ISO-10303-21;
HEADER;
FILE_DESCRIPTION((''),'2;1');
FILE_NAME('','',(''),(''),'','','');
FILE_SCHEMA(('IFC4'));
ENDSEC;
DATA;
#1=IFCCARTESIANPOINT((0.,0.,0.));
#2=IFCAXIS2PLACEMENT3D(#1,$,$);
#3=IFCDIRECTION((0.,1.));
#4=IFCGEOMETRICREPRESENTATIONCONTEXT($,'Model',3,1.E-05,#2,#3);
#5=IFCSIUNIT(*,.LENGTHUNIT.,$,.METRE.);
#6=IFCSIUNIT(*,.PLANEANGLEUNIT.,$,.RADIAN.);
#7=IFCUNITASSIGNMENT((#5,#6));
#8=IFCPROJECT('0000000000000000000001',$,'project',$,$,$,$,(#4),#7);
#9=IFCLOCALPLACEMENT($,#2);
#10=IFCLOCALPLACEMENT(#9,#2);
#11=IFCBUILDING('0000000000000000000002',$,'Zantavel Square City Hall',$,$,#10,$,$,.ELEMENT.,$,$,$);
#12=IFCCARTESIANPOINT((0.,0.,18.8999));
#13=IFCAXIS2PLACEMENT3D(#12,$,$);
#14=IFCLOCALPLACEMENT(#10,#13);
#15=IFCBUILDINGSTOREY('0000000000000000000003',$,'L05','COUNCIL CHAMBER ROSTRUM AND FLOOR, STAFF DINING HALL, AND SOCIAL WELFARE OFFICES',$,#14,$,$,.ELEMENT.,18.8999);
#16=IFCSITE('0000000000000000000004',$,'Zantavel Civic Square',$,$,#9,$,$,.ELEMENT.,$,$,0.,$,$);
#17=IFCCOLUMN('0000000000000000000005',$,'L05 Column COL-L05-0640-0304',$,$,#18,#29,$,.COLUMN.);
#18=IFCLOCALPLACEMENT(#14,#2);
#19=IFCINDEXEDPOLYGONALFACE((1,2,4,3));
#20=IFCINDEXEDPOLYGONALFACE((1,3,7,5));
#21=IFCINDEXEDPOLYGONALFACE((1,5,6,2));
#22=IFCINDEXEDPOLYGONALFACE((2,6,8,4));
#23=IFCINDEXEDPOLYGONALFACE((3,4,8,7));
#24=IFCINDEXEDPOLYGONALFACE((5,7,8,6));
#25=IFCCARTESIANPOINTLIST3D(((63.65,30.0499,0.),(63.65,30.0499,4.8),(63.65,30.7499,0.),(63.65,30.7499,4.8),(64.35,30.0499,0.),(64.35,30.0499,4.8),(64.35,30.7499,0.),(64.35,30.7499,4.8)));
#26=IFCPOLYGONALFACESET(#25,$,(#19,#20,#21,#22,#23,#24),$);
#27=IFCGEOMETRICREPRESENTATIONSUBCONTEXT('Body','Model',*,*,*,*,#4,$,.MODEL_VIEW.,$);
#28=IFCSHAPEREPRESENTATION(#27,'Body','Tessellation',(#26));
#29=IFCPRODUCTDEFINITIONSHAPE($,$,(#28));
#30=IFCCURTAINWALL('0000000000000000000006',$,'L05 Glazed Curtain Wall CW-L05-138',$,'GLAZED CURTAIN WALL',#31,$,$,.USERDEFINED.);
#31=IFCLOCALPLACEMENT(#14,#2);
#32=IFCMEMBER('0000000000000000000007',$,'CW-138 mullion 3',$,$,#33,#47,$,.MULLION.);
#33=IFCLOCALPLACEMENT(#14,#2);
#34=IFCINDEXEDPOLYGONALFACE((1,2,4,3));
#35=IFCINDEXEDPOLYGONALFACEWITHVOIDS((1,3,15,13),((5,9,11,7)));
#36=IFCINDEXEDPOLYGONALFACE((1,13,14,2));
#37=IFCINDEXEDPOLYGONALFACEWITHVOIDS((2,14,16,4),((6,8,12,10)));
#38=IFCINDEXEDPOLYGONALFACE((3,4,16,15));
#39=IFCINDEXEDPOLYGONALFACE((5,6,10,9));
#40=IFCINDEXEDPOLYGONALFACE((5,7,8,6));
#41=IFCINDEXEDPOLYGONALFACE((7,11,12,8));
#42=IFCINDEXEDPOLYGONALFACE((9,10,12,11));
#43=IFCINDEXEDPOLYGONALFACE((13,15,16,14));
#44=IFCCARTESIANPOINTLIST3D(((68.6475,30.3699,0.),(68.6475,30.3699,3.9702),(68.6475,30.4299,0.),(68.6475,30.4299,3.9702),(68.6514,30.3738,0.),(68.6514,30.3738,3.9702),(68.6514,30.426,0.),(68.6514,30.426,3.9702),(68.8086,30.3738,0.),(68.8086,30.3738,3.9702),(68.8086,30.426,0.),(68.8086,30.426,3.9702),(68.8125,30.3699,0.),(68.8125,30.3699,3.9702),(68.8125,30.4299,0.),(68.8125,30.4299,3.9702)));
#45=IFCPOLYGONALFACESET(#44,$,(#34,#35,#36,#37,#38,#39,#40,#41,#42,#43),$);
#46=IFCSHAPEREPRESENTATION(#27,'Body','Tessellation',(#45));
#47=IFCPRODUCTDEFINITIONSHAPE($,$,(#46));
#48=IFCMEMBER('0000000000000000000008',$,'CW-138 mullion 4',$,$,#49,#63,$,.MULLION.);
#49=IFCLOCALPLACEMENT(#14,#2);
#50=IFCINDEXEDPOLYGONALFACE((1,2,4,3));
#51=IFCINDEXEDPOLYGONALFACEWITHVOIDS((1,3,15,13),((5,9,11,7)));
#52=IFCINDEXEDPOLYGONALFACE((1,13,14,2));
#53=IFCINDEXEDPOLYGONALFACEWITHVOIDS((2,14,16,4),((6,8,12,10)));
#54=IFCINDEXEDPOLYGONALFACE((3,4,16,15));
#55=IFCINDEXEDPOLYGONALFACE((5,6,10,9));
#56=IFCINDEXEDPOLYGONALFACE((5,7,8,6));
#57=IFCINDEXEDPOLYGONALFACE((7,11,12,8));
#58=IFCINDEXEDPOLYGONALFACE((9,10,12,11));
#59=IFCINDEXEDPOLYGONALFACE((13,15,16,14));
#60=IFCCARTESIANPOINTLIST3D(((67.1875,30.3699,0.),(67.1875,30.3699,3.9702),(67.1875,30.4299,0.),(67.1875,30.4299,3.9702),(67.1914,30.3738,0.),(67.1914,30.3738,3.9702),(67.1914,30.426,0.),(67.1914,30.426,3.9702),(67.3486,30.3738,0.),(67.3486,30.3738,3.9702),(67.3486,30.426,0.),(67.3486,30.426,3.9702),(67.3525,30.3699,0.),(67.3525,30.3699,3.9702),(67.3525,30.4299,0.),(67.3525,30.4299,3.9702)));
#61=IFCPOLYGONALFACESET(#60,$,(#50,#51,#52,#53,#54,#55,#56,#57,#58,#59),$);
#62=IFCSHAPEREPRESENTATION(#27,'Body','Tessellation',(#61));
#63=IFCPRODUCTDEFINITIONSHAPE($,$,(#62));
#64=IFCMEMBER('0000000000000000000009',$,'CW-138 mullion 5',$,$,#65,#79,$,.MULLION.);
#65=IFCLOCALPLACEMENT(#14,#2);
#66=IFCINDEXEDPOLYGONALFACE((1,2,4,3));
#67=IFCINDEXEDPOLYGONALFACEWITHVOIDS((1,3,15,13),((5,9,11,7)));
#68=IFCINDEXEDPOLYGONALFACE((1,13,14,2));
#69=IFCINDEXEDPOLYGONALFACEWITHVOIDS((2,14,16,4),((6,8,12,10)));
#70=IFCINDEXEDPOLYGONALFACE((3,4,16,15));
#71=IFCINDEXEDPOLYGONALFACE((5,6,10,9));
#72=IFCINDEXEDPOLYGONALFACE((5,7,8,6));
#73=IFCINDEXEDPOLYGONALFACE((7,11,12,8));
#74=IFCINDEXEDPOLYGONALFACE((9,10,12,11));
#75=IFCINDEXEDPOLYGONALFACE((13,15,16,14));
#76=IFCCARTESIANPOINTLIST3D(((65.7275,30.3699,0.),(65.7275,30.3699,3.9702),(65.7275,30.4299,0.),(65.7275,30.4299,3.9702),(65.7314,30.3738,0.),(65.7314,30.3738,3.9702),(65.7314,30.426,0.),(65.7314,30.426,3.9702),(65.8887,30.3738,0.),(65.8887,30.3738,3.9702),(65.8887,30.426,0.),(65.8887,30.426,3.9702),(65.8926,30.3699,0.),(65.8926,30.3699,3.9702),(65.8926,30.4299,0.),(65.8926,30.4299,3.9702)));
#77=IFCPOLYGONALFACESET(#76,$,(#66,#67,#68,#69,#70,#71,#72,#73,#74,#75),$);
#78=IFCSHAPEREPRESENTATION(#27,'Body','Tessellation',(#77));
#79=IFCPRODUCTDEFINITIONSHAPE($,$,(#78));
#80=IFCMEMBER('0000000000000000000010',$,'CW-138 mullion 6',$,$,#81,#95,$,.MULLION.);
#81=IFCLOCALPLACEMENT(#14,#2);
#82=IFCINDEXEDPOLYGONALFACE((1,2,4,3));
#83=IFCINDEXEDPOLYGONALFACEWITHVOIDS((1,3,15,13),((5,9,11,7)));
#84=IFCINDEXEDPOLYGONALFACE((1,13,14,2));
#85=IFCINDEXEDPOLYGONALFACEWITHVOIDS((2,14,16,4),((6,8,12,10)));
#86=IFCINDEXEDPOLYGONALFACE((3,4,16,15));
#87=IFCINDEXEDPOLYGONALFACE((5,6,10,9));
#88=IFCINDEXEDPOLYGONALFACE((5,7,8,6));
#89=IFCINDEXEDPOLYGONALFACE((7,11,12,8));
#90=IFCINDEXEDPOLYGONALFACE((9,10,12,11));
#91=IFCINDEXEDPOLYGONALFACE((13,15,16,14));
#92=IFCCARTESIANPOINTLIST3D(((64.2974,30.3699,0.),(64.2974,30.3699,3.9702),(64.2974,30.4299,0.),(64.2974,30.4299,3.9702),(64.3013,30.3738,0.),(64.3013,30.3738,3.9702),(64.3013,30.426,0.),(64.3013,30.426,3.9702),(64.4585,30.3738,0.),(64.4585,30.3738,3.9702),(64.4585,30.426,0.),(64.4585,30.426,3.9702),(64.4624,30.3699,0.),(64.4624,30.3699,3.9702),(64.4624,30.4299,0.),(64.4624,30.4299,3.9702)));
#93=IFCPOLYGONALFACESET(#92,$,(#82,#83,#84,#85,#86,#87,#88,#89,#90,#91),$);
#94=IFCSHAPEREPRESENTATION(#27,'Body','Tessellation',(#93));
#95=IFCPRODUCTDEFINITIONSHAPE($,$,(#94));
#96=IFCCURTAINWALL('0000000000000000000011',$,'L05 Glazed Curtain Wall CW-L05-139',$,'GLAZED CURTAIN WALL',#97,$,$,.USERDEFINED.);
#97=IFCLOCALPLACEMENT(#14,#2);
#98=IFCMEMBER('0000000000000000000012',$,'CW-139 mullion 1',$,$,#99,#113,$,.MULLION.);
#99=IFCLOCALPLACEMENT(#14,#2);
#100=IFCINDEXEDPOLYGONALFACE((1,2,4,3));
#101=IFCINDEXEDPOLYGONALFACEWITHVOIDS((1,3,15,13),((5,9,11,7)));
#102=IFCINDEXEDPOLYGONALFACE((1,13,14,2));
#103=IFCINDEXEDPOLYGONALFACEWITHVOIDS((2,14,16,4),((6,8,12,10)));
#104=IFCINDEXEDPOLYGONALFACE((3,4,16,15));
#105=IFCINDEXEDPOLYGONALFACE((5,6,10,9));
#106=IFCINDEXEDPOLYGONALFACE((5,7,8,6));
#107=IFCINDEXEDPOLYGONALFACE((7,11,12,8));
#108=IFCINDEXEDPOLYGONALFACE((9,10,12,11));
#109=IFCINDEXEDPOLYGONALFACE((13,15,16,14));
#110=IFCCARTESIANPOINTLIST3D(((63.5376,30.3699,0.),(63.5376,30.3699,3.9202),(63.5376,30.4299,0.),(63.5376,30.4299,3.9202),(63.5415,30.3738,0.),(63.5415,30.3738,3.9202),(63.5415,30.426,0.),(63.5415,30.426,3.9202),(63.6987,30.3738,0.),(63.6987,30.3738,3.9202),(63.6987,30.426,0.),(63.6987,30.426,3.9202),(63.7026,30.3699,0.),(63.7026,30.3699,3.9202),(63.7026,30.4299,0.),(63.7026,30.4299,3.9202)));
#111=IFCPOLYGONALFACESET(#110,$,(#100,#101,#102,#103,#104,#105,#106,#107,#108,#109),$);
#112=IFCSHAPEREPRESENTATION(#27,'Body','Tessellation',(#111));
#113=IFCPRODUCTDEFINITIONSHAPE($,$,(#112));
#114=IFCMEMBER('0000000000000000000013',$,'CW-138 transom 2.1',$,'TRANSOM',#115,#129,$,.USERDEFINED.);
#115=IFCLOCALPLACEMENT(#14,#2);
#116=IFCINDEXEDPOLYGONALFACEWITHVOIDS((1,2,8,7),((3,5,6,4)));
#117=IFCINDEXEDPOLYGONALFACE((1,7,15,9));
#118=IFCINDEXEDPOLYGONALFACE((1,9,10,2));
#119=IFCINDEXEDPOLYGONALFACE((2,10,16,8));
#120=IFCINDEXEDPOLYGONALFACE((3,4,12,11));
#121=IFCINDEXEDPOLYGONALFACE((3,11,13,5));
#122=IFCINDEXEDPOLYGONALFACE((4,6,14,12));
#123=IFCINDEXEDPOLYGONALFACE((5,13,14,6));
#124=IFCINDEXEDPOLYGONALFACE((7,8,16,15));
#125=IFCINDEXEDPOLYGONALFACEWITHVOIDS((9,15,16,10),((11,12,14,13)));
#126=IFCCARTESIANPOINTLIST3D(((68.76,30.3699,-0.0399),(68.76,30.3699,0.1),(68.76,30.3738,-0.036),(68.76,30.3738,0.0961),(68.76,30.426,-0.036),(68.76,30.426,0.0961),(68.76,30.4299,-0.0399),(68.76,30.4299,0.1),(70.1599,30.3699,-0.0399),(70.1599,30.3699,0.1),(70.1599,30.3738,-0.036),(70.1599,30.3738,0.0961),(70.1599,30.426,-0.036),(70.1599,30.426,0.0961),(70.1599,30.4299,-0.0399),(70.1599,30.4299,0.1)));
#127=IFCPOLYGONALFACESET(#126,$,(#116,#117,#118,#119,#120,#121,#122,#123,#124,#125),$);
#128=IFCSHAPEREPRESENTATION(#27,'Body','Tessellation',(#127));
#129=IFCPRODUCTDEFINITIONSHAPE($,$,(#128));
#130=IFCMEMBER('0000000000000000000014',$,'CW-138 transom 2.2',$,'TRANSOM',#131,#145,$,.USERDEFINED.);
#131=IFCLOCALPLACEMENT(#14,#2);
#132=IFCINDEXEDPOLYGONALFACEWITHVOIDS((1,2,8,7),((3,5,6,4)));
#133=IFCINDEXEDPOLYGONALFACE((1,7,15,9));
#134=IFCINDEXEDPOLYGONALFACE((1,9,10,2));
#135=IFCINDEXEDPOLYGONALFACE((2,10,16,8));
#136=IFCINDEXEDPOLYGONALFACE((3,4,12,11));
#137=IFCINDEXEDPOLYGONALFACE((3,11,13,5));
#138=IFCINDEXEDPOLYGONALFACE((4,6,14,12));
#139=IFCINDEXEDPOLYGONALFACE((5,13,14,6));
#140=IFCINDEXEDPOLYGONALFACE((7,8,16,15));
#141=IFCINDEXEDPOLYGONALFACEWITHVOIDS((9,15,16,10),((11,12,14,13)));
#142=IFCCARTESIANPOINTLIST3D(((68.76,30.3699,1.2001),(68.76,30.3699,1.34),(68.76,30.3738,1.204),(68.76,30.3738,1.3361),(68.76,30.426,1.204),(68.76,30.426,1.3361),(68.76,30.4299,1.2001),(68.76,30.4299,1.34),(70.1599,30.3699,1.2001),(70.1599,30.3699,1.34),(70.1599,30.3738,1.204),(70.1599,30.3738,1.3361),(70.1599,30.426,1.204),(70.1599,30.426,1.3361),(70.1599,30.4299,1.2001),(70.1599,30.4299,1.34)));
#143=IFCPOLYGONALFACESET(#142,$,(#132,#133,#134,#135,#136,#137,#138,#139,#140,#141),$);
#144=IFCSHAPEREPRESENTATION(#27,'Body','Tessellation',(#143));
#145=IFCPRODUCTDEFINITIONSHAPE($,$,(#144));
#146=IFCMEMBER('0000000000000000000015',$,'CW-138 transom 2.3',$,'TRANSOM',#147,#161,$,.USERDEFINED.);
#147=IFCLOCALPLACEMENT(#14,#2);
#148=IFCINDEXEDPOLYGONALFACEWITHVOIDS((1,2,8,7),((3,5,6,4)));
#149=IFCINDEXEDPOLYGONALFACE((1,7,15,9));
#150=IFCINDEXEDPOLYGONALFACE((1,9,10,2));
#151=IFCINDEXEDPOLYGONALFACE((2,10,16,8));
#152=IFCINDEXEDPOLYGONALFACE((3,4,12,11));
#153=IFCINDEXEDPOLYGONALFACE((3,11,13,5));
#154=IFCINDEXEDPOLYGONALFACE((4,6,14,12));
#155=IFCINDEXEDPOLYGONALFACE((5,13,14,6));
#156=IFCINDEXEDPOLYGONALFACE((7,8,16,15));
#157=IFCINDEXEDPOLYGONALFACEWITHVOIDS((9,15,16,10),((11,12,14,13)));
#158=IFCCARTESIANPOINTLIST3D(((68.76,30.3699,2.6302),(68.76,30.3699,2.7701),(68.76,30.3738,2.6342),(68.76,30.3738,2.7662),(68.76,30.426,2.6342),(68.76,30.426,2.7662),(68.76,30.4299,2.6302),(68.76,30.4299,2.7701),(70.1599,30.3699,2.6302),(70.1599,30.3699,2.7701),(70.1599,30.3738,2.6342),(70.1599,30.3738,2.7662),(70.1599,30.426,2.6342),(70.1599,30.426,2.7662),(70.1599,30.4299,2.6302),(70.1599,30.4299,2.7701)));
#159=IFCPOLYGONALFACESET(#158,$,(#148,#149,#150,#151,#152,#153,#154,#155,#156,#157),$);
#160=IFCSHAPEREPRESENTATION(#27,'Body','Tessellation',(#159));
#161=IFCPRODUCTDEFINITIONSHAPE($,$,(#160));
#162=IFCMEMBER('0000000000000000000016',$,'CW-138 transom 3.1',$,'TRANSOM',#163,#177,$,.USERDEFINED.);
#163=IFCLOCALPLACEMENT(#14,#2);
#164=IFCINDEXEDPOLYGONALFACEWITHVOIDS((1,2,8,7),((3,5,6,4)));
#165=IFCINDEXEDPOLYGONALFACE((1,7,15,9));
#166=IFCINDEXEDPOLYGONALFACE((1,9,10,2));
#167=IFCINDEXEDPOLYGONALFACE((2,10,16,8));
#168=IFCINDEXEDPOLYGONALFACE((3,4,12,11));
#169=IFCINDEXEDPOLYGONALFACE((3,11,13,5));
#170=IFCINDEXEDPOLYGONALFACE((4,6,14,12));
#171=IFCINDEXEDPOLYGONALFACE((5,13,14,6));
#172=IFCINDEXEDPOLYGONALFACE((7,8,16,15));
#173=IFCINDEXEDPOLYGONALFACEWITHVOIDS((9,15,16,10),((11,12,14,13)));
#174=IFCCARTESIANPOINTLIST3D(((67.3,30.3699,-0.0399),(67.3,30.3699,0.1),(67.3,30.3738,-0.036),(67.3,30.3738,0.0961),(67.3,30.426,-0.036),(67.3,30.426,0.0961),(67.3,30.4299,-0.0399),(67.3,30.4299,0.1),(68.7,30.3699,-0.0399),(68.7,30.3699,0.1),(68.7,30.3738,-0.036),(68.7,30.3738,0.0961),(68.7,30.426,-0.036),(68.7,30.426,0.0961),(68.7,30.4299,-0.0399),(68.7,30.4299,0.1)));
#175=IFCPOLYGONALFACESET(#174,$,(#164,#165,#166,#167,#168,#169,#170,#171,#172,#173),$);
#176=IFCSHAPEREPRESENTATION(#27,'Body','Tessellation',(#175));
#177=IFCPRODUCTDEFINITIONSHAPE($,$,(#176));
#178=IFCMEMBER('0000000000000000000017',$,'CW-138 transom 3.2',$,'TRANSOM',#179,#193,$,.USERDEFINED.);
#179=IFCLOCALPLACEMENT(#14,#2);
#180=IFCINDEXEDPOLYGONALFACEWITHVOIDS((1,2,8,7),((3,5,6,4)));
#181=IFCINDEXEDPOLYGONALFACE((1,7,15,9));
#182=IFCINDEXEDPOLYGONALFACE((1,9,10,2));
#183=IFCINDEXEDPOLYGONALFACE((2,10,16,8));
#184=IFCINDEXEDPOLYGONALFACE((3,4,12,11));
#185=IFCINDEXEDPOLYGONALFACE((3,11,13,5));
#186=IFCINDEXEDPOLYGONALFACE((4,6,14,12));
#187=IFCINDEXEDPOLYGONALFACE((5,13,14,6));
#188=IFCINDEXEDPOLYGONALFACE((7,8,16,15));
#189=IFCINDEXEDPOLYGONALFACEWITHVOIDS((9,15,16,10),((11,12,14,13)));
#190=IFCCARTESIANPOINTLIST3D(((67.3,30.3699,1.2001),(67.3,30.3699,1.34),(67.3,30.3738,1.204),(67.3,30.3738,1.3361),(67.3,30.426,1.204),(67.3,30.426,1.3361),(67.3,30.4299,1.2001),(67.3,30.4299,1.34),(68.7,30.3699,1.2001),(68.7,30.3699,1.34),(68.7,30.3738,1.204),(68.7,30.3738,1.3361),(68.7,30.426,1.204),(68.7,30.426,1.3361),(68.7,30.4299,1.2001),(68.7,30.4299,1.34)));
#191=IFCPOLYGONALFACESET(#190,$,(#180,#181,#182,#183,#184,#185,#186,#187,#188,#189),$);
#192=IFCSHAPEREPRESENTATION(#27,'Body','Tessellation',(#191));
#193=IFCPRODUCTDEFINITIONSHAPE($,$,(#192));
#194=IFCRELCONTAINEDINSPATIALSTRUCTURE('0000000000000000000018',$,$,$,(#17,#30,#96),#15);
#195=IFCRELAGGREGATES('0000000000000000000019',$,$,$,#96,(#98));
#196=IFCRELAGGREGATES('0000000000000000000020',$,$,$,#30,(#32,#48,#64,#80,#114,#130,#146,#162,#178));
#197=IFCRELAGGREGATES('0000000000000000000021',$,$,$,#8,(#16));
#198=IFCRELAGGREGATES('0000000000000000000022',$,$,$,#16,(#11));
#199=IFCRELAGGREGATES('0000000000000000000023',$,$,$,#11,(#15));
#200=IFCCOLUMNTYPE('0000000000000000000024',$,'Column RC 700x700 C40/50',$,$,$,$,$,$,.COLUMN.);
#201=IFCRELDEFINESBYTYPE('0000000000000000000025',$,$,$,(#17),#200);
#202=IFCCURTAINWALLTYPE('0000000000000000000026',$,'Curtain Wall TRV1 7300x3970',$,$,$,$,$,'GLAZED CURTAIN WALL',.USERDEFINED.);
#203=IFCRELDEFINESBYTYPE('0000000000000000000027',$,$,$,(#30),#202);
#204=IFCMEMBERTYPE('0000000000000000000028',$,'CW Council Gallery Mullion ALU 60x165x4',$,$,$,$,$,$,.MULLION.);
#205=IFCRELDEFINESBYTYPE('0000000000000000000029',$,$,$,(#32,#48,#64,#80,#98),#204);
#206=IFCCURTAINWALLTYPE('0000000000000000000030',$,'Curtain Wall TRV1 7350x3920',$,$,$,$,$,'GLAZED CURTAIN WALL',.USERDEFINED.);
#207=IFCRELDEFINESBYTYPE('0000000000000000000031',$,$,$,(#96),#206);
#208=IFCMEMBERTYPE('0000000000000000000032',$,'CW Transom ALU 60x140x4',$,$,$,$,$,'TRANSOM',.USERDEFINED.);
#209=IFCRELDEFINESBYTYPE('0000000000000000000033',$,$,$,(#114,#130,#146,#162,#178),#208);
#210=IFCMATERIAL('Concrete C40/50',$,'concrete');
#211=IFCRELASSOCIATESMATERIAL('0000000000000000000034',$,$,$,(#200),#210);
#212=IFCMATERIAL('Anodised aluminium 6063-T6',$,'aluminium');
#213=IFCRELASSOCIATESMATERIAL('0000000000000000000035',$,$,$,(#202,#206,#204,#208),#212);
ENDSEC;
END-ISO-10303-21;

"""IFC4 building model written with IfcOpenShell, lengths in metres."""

from ifc_helpers import new_model, si_unit, direction, frame, origin, origin_2d, place, context, subcontext, project, spatial, rectangle, hollow_rectangle, extrude, material, material_profile, profile_set, type_object, element, aggregate, save


model = new_model("IFC4")

# Units and contexts
model_context = context("Model", 3, precision=1e-05, world=origin(), true_north=direction((0.0, 1.0)))
body_context = subcontext(model_context, "Body", "Model", "MODEL_VIEW")
ifc_project = project(units=[si_unit("LENGTHUNIT", "METRE"), si_unit("PLANEANGLEUNIT", "RADIAN")], contexts=[model_context])

# Site, building, storey
site_placement = place(None, origin())
site = spatial("IfcSite", under=ifc_project, at=site_placement, Name="Zantavel Civic Square", CompositionType="ELEMENT", RefElevation=0.0)
building_placement = place(site_placement, origin())
building = spatial("IfcBuilding", under=site, at=building_placement, Name="Zantavel Square City Hall", CompositionType="ELEMENT")
storey_placement = place(building_placement, frame((0.0, 0.0, 18.8999)))
storey = spatial("IfcBuildingStorey", under=building, at=storey_placement, Name="L05", Description="COUNCIL CHAMBER ROSTRUM AND FLOOR, STAFF DINING HALL, AND SOCIAL WELFARE OFFICES", CompositionType="ELEMENT", Elevation=18.8999)

# Column
ifc_material_1 = material(Name="Concrete C40/50", Category="concrete")
ifc_material_profile_1 = material_profile(ifc_material_1, rectangle(XDim=0.7, YDim=0.7, at=origin_2d()), Name="RC 700x700")
ifc_profile_set_1 = profile_set([ifc_material_profile_1], Name="Concrete C40/50")
column_type = type_object("IfcColumnType", Name="Column RC 700x700 C40/50", PredefinedType="COLUMN", material=ifc_profile_set_1)
column_placement = place(storey_placement, frame((64.0, 30.3999, 0.0), z_axis=(0.0, 0.0, 1.0), x_axis=(1.0, 0.0, 0.0)))
element("IfcColumn", 1, at=column_placement, inside=storey, type_object=column_type, Name="L05 Column COL-L05-0640-0304", PredefinedType="COLUMN", context=body_context, shape_type="SweptSolid", body=[
    extrude(rectangle(XDim=0.7, YDim=0.7, at=origin_2d()), origin(), (0.0, 0.0, 1.0), 4.8),
])

# Curtain wall, members
ifc_material_2 = material(Name="Anodised aluminium 6063-T6", Category="aluminium")
curtain_wall_type_1 = type_object("IfcCurtainWallType", Name="Curtain Wall TRV1 7300x3970", ElementType="GLAZED CURTAIN WALL", PredefinedType="USERDEFINED", material=ifc_material_2)
curtain_wall_1_placement = place(storey_placement, origin())
curtain_wall_1 = element("IfcCurtainWall", 2, at=curtain_wall_1_placement, inside=storey, type_object=curtain_wall_type_1, Name="L05 Glazed Curtain Wall CW-L05-138", ObjectType="GLAZED CURTAIN WALL", PredefinedType="USERDEFINED")
ifc_material_profile_2 = material_profile(ifc_material_2, hollow_rectangle(XDim=0.0601, YDim=0.165, WallThickness=0.0039, at=origin_2d()), Name="ALU 60x165x4")
ifc_profile_set_2 = profile_set([ifc_material_profile_2], Name="Anodised aluminium 6063-T6")
member_type_1 = type_object("IfcMemberType", Name="CW Council Gallery Mullion ALU 60x165x4", PredefinedType="MULLION", material=ifc_profile_set_2)
member_1_placement = place(storey_placement, frame((68.73, 30.3999, 0.0), z_axis=(0.0, 0.0, 1.0), x_axis=(0.0, -1.0, 0.0)))
member_1 = element("IfcMember", 3, at=member_1_placement, type_object=member_type_1, Name="CW-138 mullion 3", PredefinedType="MULLION", context=body_context, shape_type="SweptSolid", body=[
    extrude(hollow_rectangle(XDim=0.0601, YDim=0.165, WallThickness=0.0039, at=origin_2d()), origin(), (0.0, 0.0, 1.0), 3.9702),
])
member_2_placement = place(storey_placement, frame((67.27, 30.3999, 0.0), z_axis=(0.0, 0.0, 1.0), x_axis=(0.0, -1.0, 0.0)))
member_2 = element("IfcMember", 4, at=member_2_placement, type_object=member_type_1, Name="CW-138 mullion 4", PredefinedType="MULLION", context=body_context, shape_type="SweptSolid", body=[
    extrude(hollow_rectangle(XDim=0.0601, YDim=0.165, WallThickness=0.0039, at=origin_2d()), origin(), (0.0, 0.0, 1.0), 3.9702),
])
member_3_placement = place(storey_placement, frame((65.8101, 30.3999, 0.0), z_axis=(0.0, 0.0, 1.0), x_axis=(0.0, -1.0, 0.0)))
member_3 = element("IfcMember", 5, at=member_3_placement, type_object=member_type_1, Name="CW-138 mullion 5", PredefinedType="MULLION", context=body_context, shape_type="SweptSolid", body=[
    extrude(hollow_rectangle(XDim=0.0601, YDim=0.165, WallThickness=0.0039, at=origin_2d()), origin(), (0.0, 0.0, 1.0), 3.9702),
])
member_4_placement = place(storey_placement, frame((64.3799, 30.3999, 0.0), z_axis=(0.0, 0.0, 1.0), x_axis=(0.0, -1.0, 0.0)))
member_4 = element("IfcMember", 6, at=member_4_placement, type_object=member_type_1, Name="CW-138 mullion 6", PredefinedType="MULLION", context=body_context, shape_type="SweptSolid", body=[
    extrude(hollow_rectangle(XDim=0.0601, YDim=0.165, WallThickness=0.0039, at=origin_2d()), origin(), (0.0, 0.0, 1.0), 3.9702),
])

# Curtain wall, member
curtain_wall_type_2 = type_object("IfcCurtainWallType", Name="Curtain Wall TRV1 7350x3920", ElementType="GLAZED CURTAIN WALL", PredefinedType="USERDEFINED", material=ifc_material_2)
curtain_wall_2_placement = place(storey_placement, origin())
curtain_wall_2 = element("IfcCurtainWall", 7, at=curtain_wall_2_placement, inside=storey, type_object=curtain_wall_type_2, Name="L05 Glazed Curtain Wall CW-L05-139", ObjectType="GLAZED CURTAIN WALL", PredefinedType="USERDEFINED")
member_5_placement = place(storey_placement, frame((63.6201, 30.3999, 0.0), z_axis=(0.0, 0.0, 1.0), x_axis=(0.0, -1.0, 0.0)))
member_5 = element("IfcMember", 8, at=member_5_placement, type_object=member_type_1, Name="CW-139 mullion 1", PredefinedType="MULLION", context=body_context, shape_type="SweptSolid", body=[
    extrude(hollow_rectangle(XDim=0.0601, YDim=0.165, WallThickness=0.0039, at=origin_2d()), origin(), (0.0, 0.0, 1.0), 3.9202),
])

# Members
ifc_material_profile_3 = material_profile(ifc_material_2, hollow_rectangle(XDim=0.0601, YDim=0.1399, WallThickness=0.0039, at=origin_2d()), Name="ALU 60x140x4")
ifc_profile_set_3 = profile_set([ifc_material_profile_3], Name="Anodised aluminium 6063-T6")
member_type_2 = type_object("IfcMemberType", Name="CW Transom ALU 60x140x4", ElementType="TRANSOM", PredefinedType="USERDEFINED", material=ifc_profile_set_3)
member_6_placement = place(storey_placement, frame((70.1599, 30.3999, 0.03), z_axis=(-1.0, 0.0, 0.0), x_axis=(0.0, -1.0, 0.0)))
member_6 = element("IfcMember", 9, at=member_6_placement, type_object=member_type_2, Name="CW-138 transom 2.1", ObjectType="TRANSOM", PredefinedType="USERDEFINED", context=body_context, shape_type="SweptSolid", body=[
    extrude(hollow_rectangle(XDim=0.0601, YDim=0.1399, WallThickness=0.0039, at=origin_2d()), origin(), (0.0, 0.0, 1.0), 1.3999),
])
member_7_placement = place(storey_placement, frame((70.1599, 30.3999, 1.27), z_axis=(-1.0, 0.0, 0.0), x_axis=(0.0, -1.0, 0.0)))
member_7 = element("IfcMember", 10, at=member_7_placement, type_object=member_type_2, Name="CW-138 transom 2.2", ObjectType="TRANSOM", PredefinedType="USERDEFINED", context=body_context, shape_type="SweptSolid", body=[
    extrude(hollow_rectangle(XDim=0.0601, YDim=0.1399, WallThickness=0.0039, at=origin_2d()), origin(), (0.0, 0.0, 1.0), 1.3999),
])
member_8_placement = place(storey_placement, frame((70.1599, 30.3999, 2.7002), z_axis=(-1.0, 0.0, 0.0), x_axis=(0.0, -1.0, 0.0)))
member_8 = element("IfcMember", 11, at=member_8_placement, type_object=member_type_2, Name="CW-138 transom 2.3", ObjectType="TRANSOM", PredefinedType="USERDEFINED", context=body_context, shape_type="SweptSolid", body=[
    extrude(hollow_rectangle(XDim=0.0601, YDim=0.1399, WallThickness=0.0039, at=origin_2d()), origin(), (0.0, 0.0, 1.0), 1.3999),
])
member_9_placement = place(storey_placement, frame((68.7, 30.3999, 0.03), z_axis=(-1.0, 0.0, 0.0), x_axis=(0.0, -1.0, 0.0)))
member_9 = element("IfcMember", 12, at=member_9_placement, type_object=member_type_2, Name="CW-138 transom 3.1", ObjectType="TRANSOM", PredefinedType="USERDEFINED", context=body_context, shape_type="SweptSolid", body=[
    extrude(hollow_rectangle(XDim=0.0601, YDim=0.1399, WallThickness=0.0039, at=origin_2d()), origin(), (0.0, 0.0, 1.0), 1.3999),
])
member_10_placement = place(storey_placement, frame((68.7, 30.3999, 1.27), z_axis=(-1.0, 0.0, 0.0), x_axis=(0.0, -1.0, 0.0)))
member_10 = element("IfcMember", 13, at=member_10_placement, type_object=member_type_2, Name="CW-138 transom 3.2", ObjectType="TRANSOM", PredefinedType="USERDEFINED", context=body_context, shape_type="SweptSolid", body=[
    extrude(hollow_rectangle(XDim=0.0601, YDim=0.1399, WallThickness=0.0039, at=origin_2d()), origin(), (0.0, 0.0, 1.0), 1.3999),
])
aggregate(curtain_wall_2, [member_5])

aggregate(curtain_wall_1, [member_1, member_2, member_3, member_4, member_6, member_7, member_8, member_9, member_10])

save(model, "model.ifc")
